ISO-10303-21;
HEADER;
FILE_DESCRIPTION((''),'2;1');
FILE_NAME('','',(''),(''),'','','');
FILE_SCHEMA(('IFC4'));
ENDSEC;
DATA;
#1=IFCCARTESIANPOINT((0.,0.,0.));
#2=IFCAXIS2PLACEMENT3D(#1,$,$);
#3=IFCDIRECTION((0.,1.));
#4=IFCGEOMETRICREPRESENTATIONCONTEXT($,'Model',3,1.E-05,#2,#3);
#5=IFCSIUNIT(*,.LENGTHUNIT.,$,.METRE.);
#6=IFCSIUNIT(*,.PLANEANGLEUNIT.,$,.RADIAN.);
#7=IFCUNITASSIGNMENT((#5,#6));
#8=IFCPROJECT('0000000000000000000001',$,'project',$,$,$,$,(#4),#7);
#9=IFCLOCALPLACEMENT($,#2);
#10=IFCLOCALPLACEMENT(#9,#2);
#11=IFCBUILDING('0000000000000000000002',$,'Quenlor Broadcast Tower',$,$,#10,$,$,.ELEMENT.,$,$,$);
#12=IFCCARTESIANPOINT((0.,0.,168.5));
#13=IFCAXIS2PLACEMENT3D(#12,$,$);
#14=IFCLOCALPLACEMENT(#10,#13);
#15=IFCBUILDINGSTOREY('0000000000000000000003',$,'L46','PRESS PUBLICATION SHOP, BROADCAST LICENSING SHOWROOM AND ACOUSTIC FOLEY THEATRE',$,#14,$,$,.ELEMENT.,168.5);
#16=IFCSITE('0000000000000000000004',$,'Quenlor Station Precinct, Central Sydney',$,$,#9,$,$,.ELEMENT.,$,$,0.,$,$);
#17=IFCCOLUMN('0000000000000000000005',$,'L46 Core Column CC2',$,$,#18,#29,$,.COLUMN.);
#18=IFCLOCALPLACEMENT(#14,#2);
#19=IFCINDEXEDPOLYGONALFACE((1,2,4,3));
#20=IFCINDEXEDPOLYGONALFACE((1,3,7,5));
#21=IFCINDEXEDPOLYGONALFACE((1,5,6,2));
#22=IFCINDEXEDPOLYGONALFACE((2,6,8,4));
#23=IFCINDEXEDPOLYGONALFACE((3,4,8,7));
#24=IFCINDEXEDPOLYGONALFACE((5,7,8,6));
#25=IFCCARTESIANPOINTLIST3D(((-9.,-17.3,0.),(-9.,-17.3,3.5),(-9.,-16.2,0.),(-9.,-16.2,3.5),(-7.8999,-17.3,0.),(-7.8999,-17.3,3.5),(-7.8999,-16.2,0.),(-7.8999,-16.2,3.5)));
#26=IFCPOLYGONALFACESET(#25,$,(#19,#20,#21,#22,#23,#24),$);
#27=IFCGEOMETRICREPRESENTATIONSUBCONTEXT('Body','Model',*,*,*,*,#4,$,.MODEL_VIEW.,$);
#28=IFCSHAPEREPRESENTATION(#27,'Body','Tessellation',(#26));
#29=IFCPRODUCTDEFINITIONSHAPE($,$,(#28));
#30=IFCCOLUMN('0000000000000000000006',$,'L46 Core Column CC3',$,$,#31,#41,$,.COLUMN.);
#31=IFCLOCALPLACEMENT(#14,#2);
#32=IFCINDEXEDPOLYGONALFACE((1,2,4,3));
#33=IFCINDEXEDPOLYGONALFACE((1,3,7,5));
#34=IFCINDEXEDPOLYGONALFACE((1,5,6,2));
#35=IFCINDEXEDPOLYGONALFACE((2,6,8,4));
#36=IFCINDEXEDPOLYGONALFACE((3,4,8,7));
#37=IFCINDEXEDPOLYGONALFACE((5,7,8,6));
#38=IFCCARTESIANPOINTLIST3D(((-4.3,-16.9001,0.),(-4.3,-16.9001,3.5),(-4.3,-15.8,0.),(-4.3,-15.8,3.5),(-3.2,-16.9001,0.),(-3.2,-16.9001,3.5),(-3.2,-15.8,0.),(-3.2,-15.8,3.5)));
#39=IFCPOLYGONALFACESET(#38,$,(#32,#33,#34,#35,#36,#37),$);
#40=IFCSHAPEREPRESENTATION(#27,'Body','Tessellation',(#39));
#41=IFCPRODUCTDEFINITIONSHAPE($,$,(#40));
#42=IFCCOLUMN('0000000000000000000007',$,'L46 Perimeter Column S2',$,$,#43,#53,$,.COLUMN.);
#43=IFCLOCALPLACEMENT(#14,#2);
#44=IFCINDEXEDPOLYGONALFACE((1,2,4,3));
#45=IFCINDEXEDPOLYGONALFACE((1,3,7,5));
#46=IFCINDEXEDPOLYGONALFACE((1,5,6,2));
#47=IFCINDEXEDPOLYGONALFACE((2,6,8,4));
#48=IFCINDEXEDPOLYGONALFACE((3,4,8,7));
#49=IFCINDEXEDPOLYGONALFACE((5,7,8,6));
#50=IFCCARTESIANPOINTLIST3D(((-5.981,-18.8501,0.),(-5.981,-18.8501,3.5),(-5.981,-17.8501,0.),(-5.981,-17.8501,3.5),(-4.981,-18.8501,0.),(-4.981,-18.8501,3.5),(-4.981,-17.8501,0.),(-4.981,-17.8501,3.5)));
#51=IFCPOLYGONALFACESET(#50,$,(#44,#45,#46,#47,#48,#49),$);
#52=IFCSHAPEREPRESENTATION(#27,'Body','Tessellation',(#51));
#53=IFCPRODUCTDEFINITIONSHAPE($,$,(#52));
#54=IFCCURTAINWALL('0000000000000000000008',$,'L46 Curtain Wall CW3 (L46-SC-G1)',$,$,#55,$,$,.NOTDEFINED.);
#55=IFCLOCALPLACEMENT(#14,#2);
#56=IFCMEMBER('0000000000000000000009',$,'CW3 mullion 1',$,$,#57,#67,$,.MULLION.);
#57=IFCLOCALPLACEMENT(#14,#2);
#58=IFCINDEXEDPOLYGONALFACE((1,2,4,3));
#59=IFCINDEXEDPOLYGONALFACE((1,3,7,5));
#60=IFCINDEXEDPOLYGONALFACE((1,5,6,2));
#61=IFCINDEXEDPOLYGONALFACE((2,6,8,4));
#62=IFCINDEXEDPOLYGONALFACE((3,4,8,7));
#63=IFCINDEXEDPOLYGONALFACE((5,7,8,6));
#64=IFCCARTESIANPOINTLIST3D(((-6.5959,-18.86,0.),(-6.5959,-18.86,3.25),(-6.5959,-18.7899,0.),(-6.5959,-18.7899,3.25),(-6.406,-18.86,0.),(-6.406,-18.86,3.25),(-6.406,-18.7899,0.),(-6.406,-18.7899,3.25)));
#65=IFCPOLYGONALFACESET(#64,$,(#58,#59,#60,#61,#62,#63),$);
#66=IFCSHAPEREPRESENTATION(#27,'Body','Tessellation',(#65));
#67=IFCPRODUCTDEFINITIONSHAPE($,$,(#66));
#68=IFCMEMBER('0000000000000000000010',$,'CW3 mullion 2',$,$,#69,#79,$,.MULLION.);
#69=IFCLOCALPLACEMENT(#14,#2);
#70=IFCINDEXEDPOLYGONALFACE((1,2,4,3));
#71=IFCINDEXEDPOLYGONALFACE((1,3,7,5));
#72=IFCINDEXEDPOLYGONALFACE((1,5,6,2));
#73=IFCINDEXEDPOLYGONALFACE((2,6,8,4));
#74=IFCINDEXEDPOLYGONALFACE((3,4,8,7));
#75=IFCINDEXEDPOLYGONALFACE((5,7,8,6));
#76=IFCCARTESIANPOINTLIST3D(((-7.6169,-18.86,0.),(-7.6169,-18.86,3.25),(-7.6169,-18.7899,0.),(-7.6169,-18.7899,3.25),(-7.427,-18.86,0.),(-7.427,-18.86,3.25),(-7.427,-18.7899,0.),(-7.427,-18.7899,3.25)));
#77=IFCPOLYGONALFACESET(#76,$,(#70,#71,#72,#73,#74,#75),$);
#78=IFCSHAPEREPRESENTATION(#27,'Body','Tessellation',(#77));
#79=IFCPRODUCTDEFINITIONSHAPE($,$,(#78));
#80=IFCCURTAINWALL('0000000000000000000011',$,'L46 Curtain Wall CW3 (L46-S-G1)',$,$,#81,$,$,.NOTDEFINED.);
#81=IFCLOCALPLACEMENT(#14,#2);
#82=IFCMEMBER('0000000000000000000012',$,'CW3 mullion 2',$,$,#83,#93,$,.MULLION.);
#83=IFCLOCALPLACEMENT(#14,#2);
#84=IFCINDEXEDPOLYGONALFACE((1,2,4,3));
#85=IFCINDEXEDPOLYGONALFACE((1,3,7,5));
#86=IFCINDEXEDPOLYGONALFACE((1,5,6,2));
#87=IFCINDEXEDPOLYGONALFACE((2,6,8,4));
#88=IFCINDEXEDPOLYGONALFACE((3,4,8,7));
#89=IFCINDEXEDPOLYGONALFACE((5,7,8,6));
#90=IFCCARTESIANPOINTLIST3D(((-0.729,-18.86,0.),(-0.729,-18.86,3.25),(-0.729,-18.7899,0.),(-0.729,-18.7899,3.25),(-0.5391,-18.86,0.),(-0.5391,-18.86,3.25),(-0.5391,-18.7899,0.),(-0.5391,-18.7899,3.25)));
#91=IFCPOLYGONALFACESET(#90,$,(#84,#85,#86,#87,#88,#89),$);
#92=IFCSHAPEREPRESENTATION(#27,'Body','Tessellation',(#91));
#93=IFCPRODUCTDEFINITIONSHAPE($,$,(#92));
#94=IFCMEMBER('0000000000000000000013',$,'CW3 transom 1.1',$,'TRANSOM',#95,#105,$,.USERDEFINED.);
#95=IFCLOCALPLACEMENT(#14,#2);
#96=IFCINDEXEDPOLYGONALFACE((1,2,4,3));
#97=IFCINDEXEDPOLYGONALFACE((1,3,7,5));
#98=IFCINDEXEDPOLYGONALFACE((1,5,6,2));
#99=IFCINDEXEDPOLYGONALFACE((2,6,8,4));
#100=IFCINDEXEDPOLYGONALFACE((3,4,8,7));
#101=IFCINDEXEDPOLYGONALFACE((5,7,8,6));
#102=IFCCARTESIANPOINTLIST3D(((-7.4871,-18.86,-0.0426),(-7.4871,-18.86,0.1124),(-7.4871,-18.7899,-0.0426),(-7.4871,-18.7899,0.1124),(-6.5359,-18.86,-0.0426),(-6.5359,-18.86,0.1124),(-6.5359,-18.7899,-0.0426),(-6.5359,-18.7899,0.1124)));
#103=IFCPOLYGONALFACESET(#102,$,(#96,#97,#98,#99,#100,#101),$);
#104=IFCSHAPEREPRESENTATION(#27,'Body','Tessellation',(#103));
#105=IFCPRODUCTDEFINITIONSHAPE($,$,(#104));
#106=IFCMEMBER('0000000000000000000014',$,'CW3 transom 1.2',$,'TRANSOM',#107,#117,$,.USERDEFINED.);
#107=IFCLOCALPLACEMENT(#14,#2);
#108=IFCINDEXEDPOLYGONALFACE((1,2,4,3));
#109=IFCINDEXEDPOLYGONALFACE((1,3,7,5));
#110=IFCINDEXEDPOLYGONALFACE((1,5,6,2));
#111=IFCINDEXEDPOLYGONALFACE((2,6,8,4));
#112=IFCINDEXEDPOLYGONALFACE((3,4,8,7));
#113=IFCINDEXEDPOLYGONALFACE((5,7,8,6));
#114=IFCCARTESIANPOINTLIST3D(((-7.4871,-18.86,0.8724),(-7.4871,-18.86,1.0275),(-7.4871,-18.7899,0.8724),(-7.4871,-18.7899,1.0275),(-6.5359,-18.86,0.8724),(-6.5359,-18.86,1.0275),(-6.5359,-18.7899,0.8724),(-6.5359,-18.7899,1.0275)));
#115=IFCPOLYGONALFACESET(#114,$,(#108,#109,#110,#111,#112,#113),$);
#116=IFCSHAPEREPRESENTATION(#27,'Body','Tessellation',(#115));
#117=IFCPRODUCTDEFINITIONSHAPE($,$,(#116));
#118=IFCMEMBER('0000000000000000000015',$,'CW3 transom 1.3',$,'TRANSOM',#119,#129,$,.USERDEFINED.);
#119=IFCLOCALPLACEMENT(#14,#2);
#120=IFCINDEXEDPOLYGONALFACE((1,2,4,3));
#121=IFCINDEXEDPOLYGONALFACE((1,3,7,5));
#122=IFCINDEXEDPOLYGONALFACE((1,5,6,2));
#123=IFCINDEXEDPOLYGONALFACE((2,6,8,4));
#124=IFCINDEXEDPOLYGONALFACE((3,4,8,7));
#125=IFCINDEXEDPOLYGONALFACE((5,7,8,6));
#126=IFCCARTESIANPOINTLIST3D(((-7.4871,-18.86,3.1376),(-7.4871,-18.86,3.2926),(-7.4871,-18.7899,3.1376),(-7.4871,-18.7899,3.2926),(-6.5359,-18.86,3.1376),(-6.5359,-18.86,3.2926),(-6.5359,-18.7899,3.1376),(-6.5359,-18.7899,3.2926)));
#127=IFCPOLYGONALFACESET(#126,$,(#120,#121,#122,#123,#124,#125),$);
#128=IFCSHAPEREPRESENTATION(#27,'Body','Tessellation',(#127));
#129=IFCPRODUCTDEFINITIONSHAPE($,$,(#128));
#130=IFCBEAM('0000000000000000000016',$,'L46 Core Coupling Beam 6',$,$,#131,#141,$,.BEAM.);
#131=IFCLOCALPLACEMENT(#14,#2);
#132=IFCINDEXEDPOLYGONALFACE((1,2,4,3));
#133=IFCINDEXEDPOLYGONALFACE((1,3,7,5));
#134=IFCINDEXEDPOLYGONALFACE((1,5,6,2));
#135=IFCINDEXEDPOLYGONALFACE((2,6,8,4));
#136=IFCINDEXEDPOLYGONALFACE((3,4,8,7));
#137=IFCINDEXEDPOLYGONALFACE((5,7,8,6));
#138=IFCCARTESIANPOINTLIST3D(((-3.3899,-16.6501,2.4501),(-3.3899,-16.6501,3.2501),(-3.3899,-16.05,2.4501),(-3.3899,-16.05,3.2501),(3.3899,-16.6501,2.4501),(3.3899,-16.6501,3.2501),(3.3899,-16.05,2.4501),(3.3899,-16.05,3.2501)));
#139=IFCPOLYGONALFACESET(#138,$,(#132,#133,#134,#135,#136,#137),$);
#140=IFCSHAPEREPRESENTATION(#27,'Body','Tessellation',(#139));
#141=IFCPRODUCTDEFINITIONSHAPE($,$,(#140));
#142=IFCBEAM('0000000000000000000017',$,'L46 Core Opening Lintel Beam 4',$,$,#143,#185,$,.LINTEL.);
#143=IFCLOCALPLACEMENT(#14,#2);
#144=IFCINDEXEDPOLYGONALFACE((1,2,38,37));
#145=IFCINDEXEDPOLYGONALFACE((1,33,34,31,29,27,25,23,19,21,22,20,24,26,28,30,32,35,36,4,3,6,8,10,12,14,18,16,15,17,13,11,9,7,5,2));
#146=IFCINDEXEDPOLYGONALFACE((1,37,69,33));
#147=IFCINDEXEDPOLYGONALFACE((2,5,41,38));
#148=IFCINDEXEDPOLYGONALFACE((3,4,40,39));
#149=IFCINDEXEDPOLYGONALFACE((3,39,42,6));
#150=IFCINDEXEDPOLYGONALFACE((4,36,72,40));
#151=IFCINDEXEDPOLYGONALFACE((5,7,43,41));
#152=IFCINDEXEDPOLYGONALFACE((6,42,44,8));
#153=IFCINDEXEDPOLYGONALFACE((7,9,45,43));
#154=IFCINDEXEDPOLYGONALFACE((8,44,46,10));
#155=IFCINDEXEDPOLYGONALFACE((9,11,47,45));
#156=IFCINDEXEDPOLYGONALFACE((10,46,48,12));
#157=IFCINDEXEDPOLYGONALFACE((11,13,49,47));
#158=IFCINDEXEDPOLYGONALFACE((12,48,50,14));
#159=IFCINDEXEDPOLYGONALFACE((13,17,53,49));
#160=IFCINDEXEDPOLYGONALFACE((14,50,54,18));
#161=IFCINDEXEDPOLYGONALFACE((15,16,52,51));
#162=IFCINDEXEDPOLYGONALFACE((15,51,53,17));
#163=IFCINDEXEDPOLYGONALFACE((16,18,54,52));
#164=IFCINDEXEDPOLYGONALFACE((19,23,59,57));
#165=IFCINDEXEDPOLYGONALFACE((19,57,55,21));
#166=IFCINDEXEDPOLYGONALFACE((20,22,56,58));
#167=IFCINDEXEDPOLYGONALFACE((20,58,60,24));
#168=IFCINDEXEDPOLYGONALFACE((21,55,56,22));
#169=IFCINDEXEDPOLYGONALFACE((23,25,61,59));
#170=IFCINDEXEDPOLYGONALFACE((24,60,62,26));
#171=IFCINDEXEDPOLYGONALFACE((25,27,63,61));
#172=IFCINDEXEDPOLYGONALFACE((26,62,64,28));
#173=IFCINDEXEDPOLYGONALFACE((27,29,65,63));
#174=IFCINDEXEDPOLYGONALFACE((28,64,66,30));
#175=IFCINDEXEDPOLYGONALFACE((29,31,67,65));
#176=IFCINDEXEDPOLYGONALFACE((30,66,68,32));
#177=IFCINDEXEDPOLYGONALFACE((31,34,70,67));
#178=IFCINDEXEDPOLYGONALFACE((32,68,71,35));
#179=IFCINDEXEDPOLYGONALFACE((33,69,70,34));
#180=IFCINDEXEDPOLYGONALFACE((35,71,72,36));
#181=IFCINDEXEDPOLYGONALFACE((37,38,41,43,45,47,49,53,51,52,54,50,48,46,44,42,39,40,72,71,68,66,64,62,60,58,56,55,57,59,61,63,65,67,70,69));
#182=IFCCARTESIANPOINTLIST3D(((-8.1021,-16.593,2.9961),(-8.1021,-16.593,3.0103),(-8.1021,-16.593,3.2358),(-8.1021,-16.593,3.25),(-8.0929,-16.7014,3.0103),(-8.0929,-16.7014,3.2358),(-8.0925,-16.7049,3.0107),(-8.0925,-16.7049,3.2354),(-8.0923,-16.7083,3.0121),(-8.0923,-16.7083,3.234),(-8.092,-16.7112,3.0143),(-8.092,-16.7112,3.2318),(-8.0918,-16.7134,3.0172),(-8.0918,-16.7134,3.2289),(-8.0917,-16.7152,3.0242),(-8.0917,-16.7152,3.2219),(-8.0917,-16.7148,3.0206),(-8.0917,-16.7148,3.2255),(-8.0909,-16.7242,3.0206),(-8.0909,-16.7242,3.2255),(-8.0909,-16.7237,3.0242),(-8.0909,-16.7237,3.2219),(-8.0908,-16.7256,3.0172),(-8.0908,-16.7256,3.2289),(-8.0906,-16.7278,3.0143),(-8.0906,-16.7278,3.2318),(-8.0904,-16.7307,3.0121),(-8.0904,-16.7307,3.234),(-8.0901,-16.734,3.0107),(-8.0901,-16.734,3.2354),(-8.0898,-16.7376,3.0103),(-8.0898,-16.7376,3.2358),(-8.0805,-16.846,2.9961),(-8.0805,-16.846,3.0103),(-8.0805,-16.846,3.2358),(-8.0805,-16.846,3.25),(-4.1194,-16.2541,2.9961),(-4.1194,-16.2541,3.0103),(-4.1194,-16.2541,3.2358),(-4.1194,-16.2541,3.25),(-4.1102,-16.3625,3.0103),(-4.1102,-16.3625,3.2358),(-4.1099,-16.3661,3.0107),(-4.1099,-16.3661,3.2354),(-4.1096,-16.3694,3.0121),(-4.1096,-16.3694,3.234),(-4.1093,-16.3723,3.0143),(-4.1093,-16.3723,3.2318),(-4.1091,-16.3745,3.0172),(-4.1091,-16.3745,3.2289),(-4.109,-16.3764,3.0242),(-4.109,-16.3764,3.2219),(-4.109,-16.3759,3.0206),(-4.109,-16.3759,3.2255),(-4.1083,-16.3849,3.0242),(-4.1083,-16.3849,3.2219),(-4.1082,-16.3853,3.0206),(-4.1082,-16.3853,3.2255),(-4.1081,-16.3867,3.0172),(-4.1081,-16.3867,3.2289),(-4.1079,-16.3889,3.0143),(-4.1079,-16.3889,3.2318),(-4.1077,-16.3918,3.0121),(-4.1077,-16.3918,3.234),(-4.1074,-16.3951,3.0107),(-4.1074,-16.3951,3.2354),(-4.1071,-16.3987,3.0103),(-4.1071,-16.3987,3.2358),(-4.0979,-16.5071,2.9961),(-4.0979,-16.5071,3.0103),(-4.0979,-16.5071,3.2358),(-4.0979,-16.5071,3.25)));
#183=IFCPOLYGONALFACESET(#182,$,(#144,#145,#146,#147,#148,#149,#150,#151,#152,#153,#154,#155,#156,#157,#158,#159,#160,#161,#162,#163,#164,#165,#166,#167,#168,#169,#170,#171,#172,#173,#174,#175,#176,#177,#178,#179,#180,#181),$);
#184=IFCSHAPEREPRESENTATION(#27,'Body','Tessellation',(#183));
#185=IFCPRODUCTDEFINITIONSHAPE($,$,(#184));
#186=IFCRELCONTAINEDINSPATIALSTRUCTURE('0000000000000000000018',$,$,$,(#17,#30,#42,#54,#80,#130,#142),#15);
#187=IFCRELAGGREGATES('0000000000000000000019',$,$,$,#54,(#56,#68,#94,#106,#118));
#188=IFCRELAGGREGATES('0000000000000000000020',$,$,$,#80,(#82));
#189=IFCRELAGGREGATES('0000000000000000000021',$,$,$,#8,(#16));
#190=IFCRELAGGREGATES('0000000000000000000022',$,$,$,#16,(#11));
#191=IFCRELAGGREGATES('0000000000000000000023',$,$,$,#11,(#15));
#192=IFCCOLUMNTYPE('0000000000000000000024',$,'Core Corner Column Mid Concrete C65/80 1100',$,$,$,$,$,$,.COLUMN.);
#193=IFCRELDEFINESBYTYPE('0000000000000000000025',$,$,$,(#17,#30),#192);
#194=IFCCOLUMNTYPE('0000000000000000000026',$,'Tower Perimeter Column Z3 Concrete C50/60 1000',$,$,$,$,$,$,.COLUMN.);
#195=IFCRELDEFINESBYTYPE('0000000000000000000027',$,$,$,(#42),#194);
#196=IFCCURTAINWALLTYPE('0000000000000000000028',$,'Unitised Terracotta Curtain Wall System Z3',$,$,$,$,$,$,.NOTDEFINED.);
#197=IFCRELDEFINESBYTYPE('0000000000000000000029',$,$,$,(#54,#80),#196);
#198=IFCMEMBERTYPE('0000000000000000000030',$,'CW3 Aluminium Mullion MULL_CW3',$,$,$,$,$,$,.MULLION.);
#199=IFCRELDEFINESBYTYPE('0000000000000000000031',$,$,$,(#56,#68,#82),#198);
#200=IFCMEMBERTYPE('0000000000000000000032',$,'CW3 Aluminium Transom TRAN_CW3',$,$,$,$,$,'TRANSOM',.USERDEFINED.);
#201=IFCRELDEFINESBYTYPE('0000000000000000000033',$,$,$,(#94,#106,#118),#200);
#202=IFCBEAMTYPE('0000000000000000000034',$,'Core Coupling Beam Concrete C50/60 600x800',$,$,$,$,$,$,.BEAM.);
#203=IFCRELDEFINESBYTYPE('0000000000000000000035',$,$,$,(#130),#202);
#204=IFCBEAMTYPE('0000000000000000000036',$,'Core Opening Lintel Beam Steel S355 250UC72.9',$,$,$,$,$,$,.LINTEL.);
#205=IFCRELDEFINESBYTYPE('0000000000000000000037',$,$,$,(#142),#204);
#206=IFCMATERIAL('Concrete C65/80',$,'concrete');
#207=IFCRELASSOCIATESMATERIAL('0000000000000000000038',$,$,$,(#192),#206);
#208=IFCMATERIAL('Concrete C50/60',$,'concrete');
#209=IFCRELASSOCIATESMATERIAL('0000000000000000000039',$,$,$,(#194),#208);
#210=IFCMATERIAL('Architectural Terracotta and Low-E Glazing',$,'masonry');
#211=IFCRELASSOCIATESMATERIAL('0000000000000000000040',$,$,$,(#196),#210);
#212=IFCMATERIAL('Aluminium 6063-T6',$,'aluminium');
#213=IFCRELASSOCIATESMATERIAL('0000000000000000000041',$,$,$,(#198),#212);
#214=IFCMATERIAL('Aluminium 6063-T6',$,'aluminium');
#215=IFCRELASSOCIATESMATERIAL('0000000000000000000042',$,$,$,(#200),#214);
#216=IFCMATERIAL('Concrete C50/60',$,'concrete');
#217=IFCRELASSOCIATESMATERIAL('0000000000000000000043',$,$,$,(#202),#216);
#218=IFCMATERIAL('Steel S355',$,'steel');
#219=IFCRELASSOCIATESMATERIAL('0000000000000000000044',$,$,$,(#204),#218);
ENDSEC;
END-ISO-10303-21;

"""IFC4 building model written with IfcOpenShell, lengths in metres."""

from ifc_helpers import new_model, si_unit, direction, frame, origin, origin_2d, place, context, subcontext, project, spatial, rectangle, i_section, extrude, material, material_profile, profile_set, type_object, element, aggregate, save


model = new_model("IFC4")

# Units and contexts
model_context = context("Model", 3, precision=1e-05, world=origin(), true_north=direction((0.0, 1.0)))
body_context = subcontext(model_context, "Body", "Model", "MODEL_VIEW")
ifc_project = project(units=[si_unit("LENGTHUNIT", "METRE"), si_unit("PLANEANGLEUNIT", "RADIAN")], contexts=[model_context])

# Site, building, storey
site_placement = place(None, origin())
site = spatial("IfcSite", under=ifc_project, at=site_placement, Name="Quenlor Station Precinct, Central Sydney", CompositionType="ELEMENT", RefElevation=0.0)
building_placement = place(site_placement, origin())
building = spatial("IfcBuilding", under=site, at=building_placement, Name="Quenlor Broadcast Tower", CompositionType="ELEMENT")
storey_placement = place(building_placement, frame((0.0, 0.0, 168.5)))
storey = spatial("IfcBuildingStorey", under=building, at=storey_placement, Name="L46", Description="PRESS PUBLICATION SHOP, BROADCAST LICENSING SHOWROOM AND ACOUSTIC FOLEY THEATRE", CompositionType="ELEMENT", Elevation=168.5)

# Columns
ifc_material_1 = material(Name="Concrete C65/80", Category="concrete")
ifc_material_profile_1 = material_profile(ifc_material_1, rectangle(XDim=1.1001, YDim=1.1001, at=origin_2d()))
ifc_profile_set_1 = profile_set([ifc_material_profile_1], Name="Concrete C65/80 RC1100x1100")
column_type_1 = type_object("IfcColumnType", Name="Core Corner Column Mid Concrete C65/80 1100", PredefinedType="COLUMN", material=ifc_profile_set_1)
for number, where, z_axis, x_axis, name in (
    (1, (-8.45, -16.75, 0.0), (0.0, 0.0, 1.0), (1.0, 0.0, 0.0), "L46 Core Column CC2"),
    (2, (-3.75, -16.3501, 0.0), (0.0, 0.0, 1.0), (1.0, 0.0, 0.0), "L46 Core Column CC3"),
):
    element("IfcColumn", number, at=place(storey_placement, frame(where, z_axis=z_axis, x_axis=x_axis)), inside=storey, type_object=column_type_1, Name=name, PredefinedType="COLUMN", context=body_context, shape_type="SweptSolid", body=[
        extrude(rectangle(XDim=1.1001, YDim=1.1001, at=origin_2d()), origin(), (0.0, 0.0, 1.0), 3.5),
    ])
ifc_material_2 = material(Name="Concrete C50/60", Category="concrete")
ifc_material_profile_2 = material_profile(ifc_material_2, rectangle(XDim=1.0, YDim=1.0, at=origin_2d()))
ifc_profile_set_2 = profile_set([ifc_material_profile_2], Name="Concrete C50/60 RC1000x1000")
column_type_2 = type_object("IfcColumnType", Name="Tower Perimeter Column Z3 Concrete C50/60 1000", PredefinedType="COLUMN", material=ifc_profile_set_2)
column_placement = place(storey_placement, frame((-5.481, -18.3501, 0.0), z_axis=(0.0, 0.0, 1.0), x_axis=(0.0, 1.0, 0.0)))
element("IfcColumn", 3, at=column_placement, inside=storey, type_object=column_type_2, Name="L46 Perimeter Column S2", PredefinedType="COLUMN", context=body_context, shape_type="SweptSolid", body=[
    extrude(rectangle(XDim=1.0, YDim=1.0, at=origin_2d()), origin(), (0.0, 0.0, 1.0), 3.5),
])

# Curtain wall, members
ifc_material_3 = material(Name="Architectural Terracotta and Low-E Glazing", Category="masonry")
curtain_wall_type = type_object("IfcCurtainWallType", Name="Unitised Terracotta Curtain Wall System Z3", PredefinedType="NOTDEFINED", material=ifc_material_3)
curtain_wall_1_placement = place(storey_placement, origin())
curtain_wall_1 = element("IfcCurtainWall", 4, at=curtain_wall_1_placement, inside=storey, type_object=curtain_wall_type, Name="L46 Curtain Wall CW3 (L46-SC-G1)", PredefinedType="NOTDEFINED")
ifc_material_4 = material(Name="Aluminium 6063-T6", Category="aluminium")
ifc_material_profile_3 = material_profile(ifc_material_4, rectangle(XDim=0.0701, YDim=0.1899, at=origin_2d()))
ifc_profile_set_3 = profile_set([ifc_material_profile_3], Name="Aluminium 6063-T6 MULL70x190")
member_type_1 = type_object("IfcMemberType", Name="CW3 Aluminium Mullion MULL_CW3", PredefinedType="MULLION", material=ifc_profile_set_3)
member_1_placement = place(storey_placement, frame((-6.501, -18.825, 0.0), z_axis=(0.0, 0.0, 1.0), x_axis=(0.0, -1.0, 0.0)))
member_1 = element("IfcMember", 5, at=member_1_placement, type_object=member_type_1, Name="CW3 mullion 1", PredefinedType="MULLION", context=body_context, shape_type="SweptSolid", body=[
    extrude(rectangle(XDim=0.0701, YDim=0.1899, at=origin_2d()), origin(), (0.0, 0.0, 1.0), 3.25),
])
member_2_placement = place(storey_placement, frame((-7.522, -18.825, 0.0), z_axis=(0.0, 0.0, 1.0), x_axis=(0.0, -1.0, 0.0)))
member_2 = element("IfcMember", 6, at=member_2_placement, type_object=member_type_1, Name="CW3 mullion 2", PredefinedType="MULLION", context=body_context, shape_type="SweptSolid", body=[
    extrude(rectangle(XDim=0.0701, YDim=0.1899, at=origin_2d()), origin(), (0.0, 0.0, 1.0), 3.25),
])

# Curtain wall, member
curtain_wall_2_placement = place(storey_placement, origin())
curtain_wall_2 = element("IfcCurtainWall", 7, at=curtain_wall_2_placement, inside=storey, type_object=curtain_wall_type, Name="L46 Curtain Wall CW3 (L46-S-G1)", PredefinedType="NOTDEFINED")
member_3_placement = place(storey_placement, frame((-0.634, -18.825, 0.0), z_axis=(0.0, 0.0, 1.0), x_axis=(0.0, -1.0, 0.0)))
member_3 = element("IfcMember", 8, at=member_3_placement, type_object=member_type_1, Name="CW3 mullion 2", PredefinedType="MULLION", context=body_context, shape_type="SweptSolid", body=[
    extrude(rectangle(XDim=0.0701, YDim=0.1899, at=origin_2d()), origin(), (0.0, 0.0, 1.0), 3.25),
])

# Members
ifc_material_5 = material(Name="Aluminium 6063-T6", Category="aluminium")
ifc_material_profile_4 = material_profile(ifc_material_5, rectangle(XDim=0.0701, YDim=0.155, at=origin_2d()))
ifc_profile_set_4 = profile_set([ifc_material_profile_4], Name="Aluminium 6063-T6 TRAN70x155")
member_type_2 = type_object("IfcMemberType", Name="CW3 Aluminium Transom TRAN_CW3", ElementType="TRANSOM", PredefinedType="USERDEFINED", material=ifc_profile_set_4)
member_4_placement = place(storey_placement, frame((-6.5359, -18.825, 0.0349), z_axis=(-1.0, 0.0, 0.0), x_axis=(0.0, -1.0, 0.0)))
member_4 = element("IfcMember", 9, at=member_4_placement, type_object=member_type_2, Name="CW3 transom 1.1", ObjectType="TRANSOM", PredefinedType="USERDEFINED", context=body_context, shape_type="SweptSolid", body=[
    extrude(rectangle(XDim=0.0701, YDim=0.155, at=origin_2d()), origin(), (0.0, 0.0, 1.0), 0.9512),
])
member_5_placement = place(storey_placement, frame((-6.5359, -18.825, 0.95), z_axis=(-1.0, 0.0, 0.0), x_axis=(0.0, -1.0, 0.0)))
member_5 = element("IfcMember", 10, at=member_5_placement, type_object=member_type_2, Name="CW3 transom 1.2", ObjectType="TRANSOM", PredefinedType="USERDEFINED", context=body_context, shape_type="SweptSolid", body=[
    extrude(rectangle(XDim=0.0701, YDim=0.155, at=origin_2d()), origin(), (0.0, 0.0, 1.0), 0.9512),
])
member_6_placement = place(storey_placement, frame((-6.5359, -18.825, 3.2151), z_axis=(-1.0, 0.0, 0.0), x_axis=(0.0, -1.0, 0.0)))
member_6 = element("IfcMember", 11, at=member_6_placement, type_object=member_type_2, Name="CW3 transom 1.3", ObjectType="TRANSOM", PredefinedType="USERDEFINED", context=body_context, shape_type="SweptSolid", body=[
    extrude(rectangle(XDim=0.0701, YDim=0.155, at=origin_2d()), origin(), (0.0, 0.0, 1.0), 0.9512),
])

# Beams
ifc_material_6 = material(Name="Concrete C50/60", Category="concrete")
ifc_material_profile_5 = material_profile(ifc_material_6, rectangle(XDim=0.6001, YDim=0.8, at=origin_2d()))
ifc_profile_set_5 = profile_set([ifc_material_profile_5], Name="Concrete C50/60 RCB600x800")
beam_type_1 = type_object("IfcBeamType", Name="Core Coupling Beam Concrete C50/60 600x800", PredefinedType="BEAM", material=ifc_profile_set_5)
beam_1_placement = place(storey_placement, frame((-3.3899, -16.3501, 2.8501), z_axis=(1.0, 0.0, 0.0), x_axis=(0.0, 1.0, 0.0)))
element("IfcBeam", 12, at=beam_1_placement, inside=storey, type_object=beam_type_1, Name="L46 Core Coupling Beam 6", PredefinedType="BEAM", context=body_context, shape_type="SweptSolid", body=[
    extrude(rectangle(XDim=0.6001, YDim=0.8, at=origin_2d()), origin(), (0.0, 0.0, 1.0), 6.7798),
])
ifc_material_7 = material(Name="Steel S355", Category="steel")
ifc_material_profile_6 = material_profile(ifc_material_7, i_section(OverallWidth=0.2539, OverallDepth=0.2539, WebThickness=0.0085, FlangeThickness=0.0142, FilletRadius=0.0139, at=origin_2d()))
ifc_profile_set_6 = profile_set([ifc_material_profile_6], Name="Steel S355 250UC72.9")
beam_type_2 = type_object("IfcBeamType", Name="Core Opening Lintel Beam Steel S355 250UC72.9", PredefinedType="LINTEL", material=ifc_profile_set_6)
beam_2_placement = place(storey_placement, frame((-8.0913, -16.7195, 3.123), z_axis=(0.9964, 0.084779, 0.0), x_axis=(-0.084779, 0.9964, 0.0)))
element("IfcBeam", 13, at=beam_2_placement, inside=storey, type_object=beam_type_2, Name="L46 Core Opening Lintel Beam 4", PredefinedType="LINTEL", context=body_context, shape_type="SweptSolid", body=[
    extrude(i_section(OverallWidth=0.2539, OverallDepth=0.2539, WebThickness=0.0085, FlangeThickness=0.0142, FilletRadius=0.0139, at=origin_2d()), origin(), (0.0, 0.0, 1.0), 3.9971),
])

aggregate(curtain_wall_1, [member_1, member_2, member_4, member_5, member_6])
aggregate(curtain_wall_2, [member_3])

save(model, "model.ifc")
